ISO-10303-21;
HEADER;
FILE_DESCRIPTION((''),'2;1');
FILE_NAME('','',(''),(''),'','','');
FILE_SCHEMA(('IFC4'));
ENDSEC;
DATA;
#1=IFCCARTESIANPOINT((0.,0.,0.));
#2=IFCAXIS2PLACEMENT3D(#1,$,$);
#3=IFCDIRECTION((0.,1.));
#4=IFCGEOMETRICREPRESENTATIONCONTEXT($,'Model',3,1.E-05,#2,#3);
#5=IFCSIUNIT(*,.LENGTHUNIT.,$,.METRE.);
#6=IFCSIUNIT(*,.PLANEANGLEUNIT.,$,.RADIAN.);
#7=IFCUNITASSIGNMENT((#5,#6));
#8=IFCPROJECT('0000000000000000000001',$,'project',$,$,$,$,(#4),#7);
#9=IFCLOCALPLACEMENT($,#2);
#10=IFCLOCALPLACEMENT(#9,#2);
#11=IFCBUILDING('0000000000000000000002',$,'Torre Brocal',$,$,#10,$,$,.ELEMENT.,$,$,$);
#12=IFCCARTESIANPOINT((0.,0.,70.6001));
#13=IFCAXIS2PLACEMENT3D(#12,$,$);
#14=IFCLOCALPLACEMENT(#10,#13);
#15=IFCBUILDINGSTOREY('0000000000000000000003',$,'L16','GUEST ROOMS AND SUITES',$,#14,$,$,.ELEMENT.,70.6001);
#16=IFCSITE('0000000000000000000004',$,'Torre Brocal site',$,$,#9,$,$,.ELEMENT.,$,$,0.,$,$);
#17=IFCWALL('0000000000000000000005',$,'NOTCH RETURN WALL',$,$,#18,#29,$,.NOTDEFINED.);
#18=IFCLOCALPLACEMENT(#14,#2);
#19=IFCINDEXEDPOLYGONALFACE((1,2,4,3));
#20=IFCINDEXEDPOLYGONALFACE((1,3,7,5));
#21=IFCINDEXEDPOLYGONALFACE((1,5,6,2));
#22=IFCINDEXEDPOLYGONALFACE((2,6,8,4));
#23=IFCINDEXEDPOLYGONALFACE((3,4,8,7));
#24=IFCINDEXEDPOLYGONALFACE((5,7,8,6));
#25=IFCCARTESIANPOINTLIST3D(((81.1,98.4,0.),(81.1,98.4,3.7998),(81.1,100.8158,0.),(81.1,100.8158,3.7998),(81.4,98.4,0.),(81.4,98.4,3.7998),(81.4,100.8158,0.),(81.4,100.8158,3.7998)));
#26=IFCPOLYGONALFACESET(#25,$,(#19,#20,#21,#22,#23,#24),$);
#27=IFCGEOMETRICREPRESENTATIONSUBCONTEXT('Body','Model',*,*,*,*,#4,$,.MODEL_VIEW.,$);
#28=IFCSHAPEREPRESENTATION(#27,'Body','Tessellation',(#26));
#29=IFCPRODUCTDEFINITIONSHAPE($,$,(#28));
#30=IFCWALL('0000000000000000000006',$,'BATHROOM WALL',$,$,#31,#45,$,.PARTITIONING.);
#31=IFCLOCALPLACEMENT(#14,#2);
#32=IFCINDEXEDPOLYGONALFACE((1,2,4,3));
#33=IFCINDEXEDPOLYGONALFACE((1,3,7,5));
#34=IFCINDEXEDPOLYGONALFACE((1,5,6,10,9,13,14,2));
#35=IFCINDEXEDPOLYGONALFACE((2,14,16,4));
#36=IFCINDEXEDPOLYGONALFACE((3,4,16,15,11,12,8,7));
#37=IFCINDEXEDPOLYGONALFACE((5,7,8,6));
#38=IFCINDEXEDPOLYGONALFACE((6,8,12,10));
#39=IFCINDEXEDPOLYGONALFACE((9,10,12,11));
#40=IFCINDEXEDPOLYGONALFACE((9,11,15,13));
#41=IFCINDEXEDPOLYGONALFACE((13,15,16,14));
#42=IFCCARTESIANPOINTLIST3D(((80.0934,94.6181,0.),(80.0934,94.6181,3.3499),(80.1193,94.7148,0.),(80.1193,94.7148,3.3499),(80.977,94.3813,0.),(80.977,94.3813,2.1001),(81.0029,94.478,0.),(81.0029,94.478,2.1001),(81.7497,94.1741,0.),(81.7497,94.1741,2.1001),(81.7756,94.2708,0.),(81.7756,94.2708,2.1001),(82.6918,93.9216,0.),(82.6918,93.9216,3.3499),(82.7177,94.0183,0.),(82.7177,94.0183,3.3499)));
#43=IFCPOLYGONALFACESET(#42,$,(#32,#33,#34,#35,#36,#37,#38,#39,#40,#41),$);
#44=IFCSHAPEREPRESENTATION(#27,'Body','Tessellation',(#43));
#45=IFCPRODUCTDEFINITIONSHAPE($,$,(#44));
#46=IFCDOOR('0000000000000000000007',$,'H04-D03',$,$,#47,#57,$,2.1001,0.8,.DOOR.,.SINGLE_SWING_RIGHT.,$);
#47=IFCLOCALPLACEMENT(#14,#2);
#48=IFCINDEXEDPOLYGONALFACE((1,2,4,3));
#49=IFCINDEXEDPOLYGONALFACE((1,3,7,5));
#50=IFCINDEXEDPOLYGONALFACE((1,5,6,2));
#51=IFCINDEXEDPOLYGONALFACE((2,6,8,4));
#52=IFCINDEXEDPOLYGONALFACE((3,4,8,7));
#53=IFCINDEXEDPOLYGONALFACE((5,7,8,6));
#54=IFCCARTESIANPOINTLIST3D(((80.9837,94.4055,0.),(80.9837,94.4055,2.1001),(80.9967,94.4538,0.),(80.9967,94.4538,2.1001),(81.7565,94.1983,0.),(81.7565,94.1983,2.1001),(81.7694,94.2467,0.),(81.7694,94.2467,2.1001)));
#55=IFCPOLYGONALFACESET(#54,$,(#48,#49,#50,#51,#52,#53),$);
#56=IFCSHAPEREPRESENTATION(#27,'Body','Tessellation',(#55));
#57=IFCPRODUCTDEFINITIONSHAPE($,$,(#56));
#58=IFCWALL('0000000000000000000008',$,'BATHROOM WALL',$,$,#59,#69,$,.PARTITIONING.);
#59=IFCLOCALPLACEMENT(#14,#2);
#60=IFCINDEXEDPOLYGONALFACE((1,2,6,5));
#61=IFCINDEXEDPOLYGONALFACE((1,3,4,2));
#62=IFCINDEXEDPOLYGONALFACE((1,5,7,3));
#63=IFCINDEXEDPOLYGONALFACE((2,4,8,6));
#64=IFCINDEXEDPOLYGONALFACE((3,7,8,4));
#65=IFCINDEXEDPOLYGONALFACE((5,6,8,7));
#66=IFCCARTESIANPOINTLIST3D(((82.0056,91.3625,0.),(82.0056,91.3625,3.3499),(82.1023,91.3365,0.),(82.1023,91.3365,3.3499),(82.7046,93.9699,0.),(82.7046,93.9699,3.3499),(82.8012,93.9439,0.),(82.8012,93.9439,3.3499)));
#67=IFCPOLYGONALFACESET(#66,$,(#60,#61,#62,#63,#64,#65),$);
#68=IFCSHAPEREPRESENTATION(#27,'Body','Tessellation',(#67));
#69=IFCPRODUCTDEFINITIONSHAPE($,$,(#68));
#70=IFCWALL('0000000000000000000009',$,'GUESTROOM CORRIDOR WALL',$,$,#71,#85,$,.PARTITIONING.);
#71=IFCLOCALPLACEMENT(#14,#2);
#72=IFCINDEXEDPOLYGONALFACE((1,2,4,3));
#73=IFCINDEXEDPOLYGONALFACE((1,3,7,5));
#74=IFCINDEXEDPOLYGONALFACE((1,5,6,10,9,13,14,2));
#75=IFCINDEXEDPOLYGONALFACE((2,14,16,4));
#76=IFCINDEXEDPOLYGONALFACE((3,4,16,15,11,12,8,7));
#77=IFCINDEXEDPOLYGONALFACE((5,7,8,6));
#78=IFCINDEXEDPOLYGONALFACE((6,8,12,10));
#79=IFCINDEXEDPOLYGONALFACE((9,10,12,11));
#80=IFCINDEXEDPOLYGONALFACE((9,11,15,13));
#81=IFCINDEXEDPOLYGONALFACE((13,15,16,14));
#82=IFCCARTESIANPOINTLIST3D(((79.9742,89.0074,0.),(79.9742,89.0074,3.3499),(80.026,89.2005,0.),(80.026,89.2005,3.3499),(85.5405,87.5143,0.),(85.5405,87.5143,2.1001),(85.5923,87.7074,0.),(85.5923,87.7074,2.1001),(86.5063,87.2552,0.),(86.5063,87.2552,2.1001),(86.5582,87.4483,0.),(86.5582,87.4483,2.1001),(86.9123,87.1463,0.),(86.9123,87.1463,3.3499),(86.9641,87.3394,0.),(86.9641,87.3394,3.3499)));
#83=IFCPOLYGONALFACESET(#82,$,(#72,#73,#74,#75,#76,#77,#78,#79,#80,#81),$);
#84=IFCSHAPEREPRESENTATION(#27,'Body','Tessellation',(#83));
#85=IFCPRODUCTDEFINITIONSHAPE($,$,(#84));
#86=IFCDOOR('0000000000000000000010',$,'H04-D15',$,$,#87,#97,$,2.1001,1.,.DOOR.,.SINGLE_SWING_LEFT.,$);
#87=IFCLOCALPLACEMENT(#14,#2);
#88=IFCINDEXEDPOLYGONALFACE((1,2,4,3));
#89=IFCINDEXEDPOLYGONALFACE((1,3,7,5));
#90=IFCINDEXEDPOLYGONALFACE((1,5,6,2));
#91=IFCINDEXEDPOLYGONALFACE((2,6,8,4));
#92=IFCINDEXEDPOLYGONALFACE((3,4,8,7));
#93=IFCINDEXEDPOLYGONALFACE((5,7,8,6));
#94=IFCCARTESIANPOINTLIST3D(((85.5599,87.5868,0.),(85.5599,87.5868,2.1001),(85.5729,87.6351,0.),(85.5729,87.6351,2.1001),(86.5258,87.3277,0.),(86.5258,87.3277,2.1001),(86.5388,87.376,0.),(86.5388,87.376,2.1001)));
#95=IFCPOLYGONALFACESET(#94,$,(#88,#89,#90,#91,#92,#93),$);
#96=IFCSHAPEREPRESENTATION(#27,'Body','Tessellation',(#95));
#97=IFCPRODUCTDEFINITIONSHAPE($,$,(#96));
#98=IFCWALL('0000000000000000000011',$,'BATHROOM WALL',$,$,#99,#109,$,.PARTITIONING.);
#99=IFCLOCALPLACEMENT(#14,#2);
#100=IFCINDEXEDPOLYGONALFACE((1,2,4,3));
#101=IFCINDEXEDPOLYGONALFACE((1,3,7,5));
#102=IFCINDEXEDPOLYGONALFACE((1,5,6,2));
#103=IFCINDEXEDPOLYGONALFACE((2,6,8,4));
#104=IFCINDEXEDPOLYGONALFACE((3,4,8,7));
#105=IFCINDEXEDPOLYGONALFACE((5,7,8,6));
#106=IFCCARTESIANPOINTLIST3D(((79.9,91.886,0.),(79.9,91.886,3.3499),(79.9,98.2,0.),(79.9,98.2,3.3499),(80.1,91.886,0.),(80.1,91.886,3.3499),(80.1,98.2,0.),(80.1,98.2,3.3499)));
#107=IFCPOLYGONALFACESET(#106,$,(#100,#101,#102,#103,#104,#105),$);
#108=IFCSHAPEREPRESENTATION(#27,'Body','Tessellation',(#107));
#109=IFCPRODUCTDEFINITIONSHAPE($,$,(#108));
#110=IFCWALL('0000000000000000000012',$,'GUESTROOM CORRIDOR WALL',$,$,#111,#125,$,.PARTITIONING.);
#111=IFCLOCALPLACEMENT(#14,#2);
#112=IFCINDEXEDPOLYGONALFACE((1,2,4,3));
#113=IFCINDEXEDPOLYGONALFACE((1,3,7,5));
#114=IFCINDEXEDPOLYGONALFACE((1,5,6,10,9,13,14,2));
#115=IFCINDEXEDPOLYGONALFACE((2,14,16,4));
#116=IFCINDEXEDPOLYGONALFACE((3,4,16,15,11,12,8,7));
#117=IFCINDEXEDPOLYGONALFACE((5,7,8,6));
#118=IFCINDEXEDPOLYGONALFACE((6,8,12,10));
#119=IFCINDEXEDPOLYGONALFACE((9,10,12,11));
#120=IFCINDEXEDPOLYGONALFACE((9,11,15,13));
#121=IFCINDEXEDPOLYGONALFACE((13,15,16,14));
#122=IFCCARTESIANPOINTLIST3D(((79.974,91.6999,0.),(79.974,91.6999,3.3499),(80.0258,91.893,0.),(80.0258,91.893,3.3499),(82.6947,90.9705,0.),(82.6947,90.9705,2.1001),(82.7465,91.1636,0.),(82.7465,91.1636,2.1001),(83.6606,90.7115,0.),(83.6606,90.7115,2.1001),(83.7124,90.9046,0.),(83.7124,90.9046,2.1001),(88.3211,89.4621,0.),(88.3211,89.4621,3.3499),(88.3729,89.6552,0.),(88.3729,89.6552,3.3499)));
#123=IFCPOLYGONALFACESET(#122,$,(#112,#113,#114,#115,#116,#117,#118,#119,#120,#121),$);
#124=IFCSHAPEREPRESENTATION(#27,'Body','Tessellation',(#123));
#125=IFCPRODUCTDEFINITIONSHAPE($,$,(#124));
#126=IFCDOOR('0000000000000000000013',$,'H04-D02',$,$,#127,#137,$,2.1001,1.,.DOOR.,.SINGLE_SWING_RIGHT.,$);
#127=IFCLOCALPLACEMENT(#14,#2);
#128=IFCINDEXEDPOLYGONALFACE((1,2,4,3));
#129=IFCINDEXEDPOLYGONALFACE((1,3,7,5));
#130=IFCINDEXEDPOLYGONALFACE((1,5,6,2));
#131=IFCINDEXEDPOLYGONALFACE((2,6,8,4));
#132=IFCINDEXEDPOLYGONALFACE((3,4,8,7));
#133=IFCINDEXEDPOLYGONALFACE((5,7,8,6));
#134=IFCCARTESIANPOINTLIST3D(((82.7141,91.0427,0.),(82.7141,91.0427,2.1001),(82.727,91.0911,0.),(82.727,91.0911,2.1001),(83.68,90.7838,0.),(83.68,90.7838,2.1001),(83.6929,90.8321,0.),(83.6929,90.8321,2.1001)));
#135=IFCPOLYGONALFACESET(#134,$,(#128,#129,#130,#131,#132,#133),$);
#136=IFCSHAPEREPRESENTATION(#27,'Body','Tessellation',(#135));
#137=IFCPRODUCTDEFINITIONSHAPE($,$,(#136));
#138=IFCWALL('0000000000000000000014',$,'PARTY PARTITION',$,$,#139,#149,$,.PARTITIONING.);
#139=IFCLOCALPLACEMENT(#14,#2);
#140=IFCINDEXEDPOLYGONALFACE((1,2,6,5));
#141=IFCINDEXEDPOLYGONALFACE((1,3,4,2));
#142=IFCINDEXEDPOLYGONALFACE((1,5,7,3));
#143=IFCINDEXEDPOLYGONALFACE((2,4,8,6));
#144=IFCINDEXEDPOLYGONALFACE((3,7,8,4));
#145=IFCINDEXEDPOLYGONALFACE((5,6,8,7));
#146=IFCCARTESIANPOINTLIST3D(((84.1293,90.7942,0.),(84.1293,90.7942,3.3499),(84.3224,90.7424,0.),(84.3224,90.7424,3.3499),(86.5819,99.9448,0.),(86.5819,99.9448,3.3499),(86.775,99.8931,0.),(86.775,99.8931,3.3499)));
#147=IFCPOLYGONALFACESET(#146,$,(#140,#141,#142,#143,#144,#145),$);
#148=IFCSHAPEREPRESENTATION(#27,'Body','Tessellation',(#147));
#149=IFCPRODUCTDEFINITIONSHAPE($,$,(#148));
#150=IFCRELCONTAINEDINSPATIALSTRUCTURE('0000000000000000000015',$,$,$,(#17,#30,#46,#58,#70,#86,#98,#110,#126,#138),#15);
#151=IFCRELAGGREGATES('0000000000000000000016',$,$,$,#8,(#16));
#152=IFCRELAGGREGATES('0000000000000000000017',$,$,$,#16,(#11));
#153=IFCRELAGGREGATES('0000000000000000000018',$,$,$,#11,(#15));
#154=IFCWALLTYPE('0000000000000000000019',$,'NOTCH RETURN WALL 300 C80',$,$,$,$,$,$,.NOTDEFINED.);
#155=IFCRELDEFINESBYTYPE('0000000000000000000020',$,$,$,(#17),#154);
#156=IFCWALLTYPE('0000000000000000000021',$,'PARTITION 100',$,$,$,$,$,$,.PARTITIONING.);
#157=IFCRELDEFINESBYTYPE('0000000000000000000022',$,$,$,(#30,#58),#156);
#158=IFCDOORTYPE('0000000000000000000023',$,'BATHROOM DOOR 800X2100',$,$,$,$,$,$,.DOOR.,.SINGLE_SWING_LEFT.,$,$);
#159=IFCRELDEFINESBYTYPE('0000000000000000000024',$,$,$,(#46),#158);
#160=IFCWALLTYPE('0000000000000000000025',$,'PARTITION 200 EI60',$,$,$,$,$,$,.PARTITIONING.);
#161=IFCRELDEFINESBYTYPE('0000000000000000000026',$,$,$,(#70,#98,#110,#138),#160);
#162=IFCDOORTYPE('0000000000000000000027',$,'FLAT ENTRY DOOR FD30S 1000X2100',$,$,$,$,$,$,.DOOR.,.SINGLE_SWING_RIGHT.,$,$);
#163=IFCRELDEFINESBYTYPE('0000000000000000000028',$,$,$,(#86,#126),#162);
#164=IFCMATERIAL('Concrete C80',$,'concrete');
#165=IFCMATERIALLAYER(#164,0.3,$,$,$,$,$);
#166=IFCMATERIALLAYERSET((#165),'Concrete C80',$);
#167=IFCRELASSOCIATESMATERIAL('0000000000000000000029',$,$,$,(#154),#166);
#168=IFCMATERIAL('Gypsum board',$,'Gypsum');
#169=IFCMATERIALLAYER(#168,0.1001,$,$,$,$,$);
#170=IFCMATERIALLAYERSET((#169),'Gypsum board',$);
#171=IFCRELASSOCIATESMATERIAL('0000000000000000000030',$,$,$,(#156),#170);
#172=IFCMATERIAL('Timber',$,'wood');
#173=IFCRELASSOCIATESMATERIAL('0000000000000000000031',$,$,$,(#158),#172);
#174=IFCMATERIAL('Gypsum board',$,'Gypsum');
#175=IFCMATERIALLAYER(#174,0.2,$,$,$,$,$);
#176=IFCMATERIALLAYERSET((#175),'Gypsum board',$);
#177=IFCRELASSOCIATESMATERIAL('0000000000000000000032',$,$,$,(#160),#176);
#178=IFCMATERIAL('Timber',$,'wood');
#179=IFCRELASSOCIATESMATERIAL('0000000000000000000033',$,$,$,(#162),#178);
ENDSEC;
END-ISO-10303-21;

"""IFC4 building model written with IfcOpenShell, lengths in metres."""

from ifc_helpers import new_model, si_unit, direction, frame, frame_2d, origin, place, context, subcontext, project, spatial, rectangle, extrude, material, layer, layer_set, type_object, element, fill, save


model = new_model("IFC4")

# Units and contexts
model_context = context("Model", 3, precision=1e-05, world=origin(), true_north=direction((0.0, 1.0)))
body_context = subcontext(model_context, "Body", "Model", "MODEL_VIEW")
ifc_project = project(units=[si_unit("LENGTHUNIT", "METRE"), si_unit("PLANEANGLEUNIT", "RADIAN")], contexts=[model_context])

# Site, building, storey
site_placement = place(None, origin())
site = spatial("IfcSite", under=ifc_project, at=site_placement, Name="Torre Brocal site", CompositionType="ELEMENT", RefElevation=0.0)
building_placement = place(site_placement, origin())
building = spatial("IfcBuilding", under=site, at=building_placement, Name="Torre Brocal", CompositionType="ELEMENT")
storey_placement = place(building_placement, frame((0.0, 0.0, 70.6001)))
storey = spatial("IfcBuildingStorey", under=building, at=storey_placement, Name="L16", Description="GUEST ROOMS AND SUITES", CompositionType="ELEMENT", Elevation=70.6001)

# Wall
ifc_material_1 = material(Name="Concrete C80", Category="concrete")
ifc_layer_1 = layer(ifc_material_1, 0.3)
ifc_layer_set_1 = layer_set([ifc_layer_1], Name="Concrete C80")
wall_type_1 = type_object("IfcWallType", Name="NOTCH RETURN WALL 300 C80", PredefinedType="NOTDEFINED", material=ifc_layer_set_1)
wall_1_placement = place(storey_placement, frame((81.25, 98.3999, 0.0), z_axis=(0.0, 0.0, 1.0), x_axis=(0.0, 1.0, 0.0)))
element("IfcWall", 1, at=wall_1_placement, inside=storey, type_object=wall_type_1, Name="NOTCH RETURN WALL", PredefinedType="NOTDEFINED", context=body_context, shape_type="SweptSolid", body=[
    extrude(rectangle(XDim=2.4158, YDim=0.3, at=frame_2d((1.208, 0.0))), origin(), (0.0, 0.0, 1.0), 3.7998),
])

# Wall, opening, door
ifc_material_2 = material(Name="Gypsum board", Category="Gypsum")
ifc_layer_2 = layer(ifc_material_2, 0.1001)
ifc_layer_set_2 = layer_set([ifc_layer_2], Name="Gypsum board")
wall_type_2 = type_object("IfcWallType", Name="PARTITION 100", PredefinedType="PARTITIONING", material=ifc_layer_set_2)
wall_2_placement = place(storey_placement, frame((80.1062, 94.6665, 0.0), z_axis=(0.0, 0.0, 1.0), x_axis=(0.965898, -0.258922, 0.0)))
wall_2 = element("IfcWall", 2, at=wall_2_placement, inside=storey, type_object=wall_type_2, Name="BATHROOM WALL", PredefinedType="PARTITIONING", context=body_context, shape_type="SweptSolid", body=[
    extrude(rectangle(XDim=2.6902, YDim=0.1001, at=frame_2d((1.3452, 0.0))), origin(), (0.0, 0.0, 1.0), 3.3499),
])
opening_1_placement = place(wall_2_placement, frame((0.915, 0.0, 0.0)))
opening_1 = element("IfcOpeningElement", 3, at=opening_1_placement, cuts=wall_2, PredefinedType="OPENING", context=body_context, shape_type="SweptSolid", body=[
    extrude(rectangle(XDim=0.8, YDim=2.1001, at=frame_2d((0.3999, 1.05))), frame((0.0, 0.0601, 0.0), z_axis=(0.0, -1.0, 0.0), x_axis=(1.0, 0.0, 0.0)), (0.0, 0.0, 1.0), 0.1201),
])
ifc_material_3 = material(Name="Timber", Category="wood")
door_type_1 = type_object("IfcDoorType", Name="BATHROOM DOOR 800X2100", OperationType="SINGLE_SWING_LEFT", PredefinedType="DOOR", material=ifc_material_3)
door_1_placement = place(opening_1_placement, frame((0.8, 0.0, 0.0), z_axis=(0.0, 0.0, 1.0), x_axis=(-1.0, 0.0, 0.0)))
door_1 = element("IfcDoor", 4, at=door_1_placement, inside=storey, type_object=door_type_1, Name="H04-D03", OperationType="SINGLE_SWING_RIGHT", OverallHeight=2.1001, OverallWidth=0.8, PredefinedType="DOOR", context=body_context, shape_type="SweptSolid", body=[
    extrude(rectangle(XDim=0.8, YDim=2.1001, at=frame_2d((0.3999, 1.05))), frame((0.0, 0.0249, 0.0), z_axis=(0.0, -1.0, 0.0), x_axis=(1.0, 0.0, 0.0)), (0.0, 0.0, 1.0), 0.05),
])
fill(opening_1, door_1)

# Wall
wall_3_placement = place(storey_placement, frame((82.054, 91.3496, 0.0), z_axis=(0.0, 0.0, 1.0), x_axis=(0.258929, 0.965896, 0.0)))
element("IfcWall", 5, at=wall_3_placement, inside=storey, type_object=wall_type_2, Name="BATHROOM WALL", PredefinedType="PARTITIONING", context=body_context, shape_type="SweptSolid", body=[
    extrude(rectangle(XDim=2.6995, YDim=0.1001, at=frame_2d((1.3496, 0.0))), origin(), (0.0, 0.0, 1.0), 3.3499),
])

# Wall, opening, door
ifc_material_4 = material(Name="Gypsum board", Category="Gypsum")
ifc_layer_3 = layer(ifc_material_4, 0.2)
ifc_layer_set_3 = layer_set([ifc_layer_3], Name="Gypsum board")
wall_type_3 = type_object("IfcWallType", Name="PARTITION 200 EI60", PredefinedType="PARTITIONING", material=ifc_layer_set_3)
wall_4_placement = place(storey_placement, frame((80.0, 89.104, 0.0), z_axis=(0.0, 0.0, 1.0), x_axis=(0.965854, -0.259086, 0.0)))
wall_4 = element("IfcWall", 6, at=wall_4_placement, inside=storey, type_object=wall_type_3, Name="GUESTROOM CORRIDOR WALL", PredefinedType="PARTITIONING", context=body_context, shape_type="SweptSolid", body=[
    extrude(rectangle(XDim=7.1833, YDim=0.2, at=frame_2d((3.5918, 0.0))), origin(), (0.0, 0.0, 1.0), 3.3499),
])
opening_2_placement = place(wall_4_placement, frame((5.7632, 0.0, 0.0)))
opening_2 = element("IfcOpeningElement", 7, at=opening_2_placement, cuts=wall_4, PredefinedType="OPENING", context=body_context, shape_type="SweptSolid", body=[
    extrude(rectangle(XDim=1.0, YDim=2.1001, at=frame_2d((0.5, 1.05))), frame((0.0, 0.1099, 0.0), z_axis=(0.0, -1.0, 0.0), x_axis=(1.0, 0.0, 0.0)), (0.0, 0.0, 1.0), 0.22),
])
ifc_material_5 = material(Name="Timber", Category="wood")
door_type_2 = type_object("IfcDoorType", Name="FLAT ENTRY DOOR FD30S 1000X2100", OperationType="SINGLE_SWING_RIGHT", PredefinedType="DOOR", material=ifc_material_5)
door_2_placement = place(opening_2_placement, frame((1.0, 0.0, 0.0), z_axis=(0.0, 0.0, 1.0), x_axis=(-1.0, 0.0, 0.0)))
door_2 = element("IfcDoor", 8, at=door_2_placement, inside=storey, type_object=door_type_2, Name="H04-D15", OperationType="SINGLE_SWING_LEFT", OverallHeight=2.1001, OverallWidth=1.0, PredefinedType="DOOR", context=body_context, shape_type="SweptSolid", body=[
    extrude(rectangle(XDim=1.0, YDim=2.1001, at=frame_2d((0.5, 1.05))), frame((0.0, 0.0249, 0.0), z_axis=(0.0, -1.0, 0.0), x_axis=(1.0, 0.0, 0.0)), (0.0, 0.0, 1.0), 0.05),
])
fill(opening_2, door_2)

# Wall
wall_5_placement = place(storey_placement, frame((80.0, 91.886, 0.0), z_axis=(0.0, 0.0, 1.0), x_axis=(0.0, 1.0, 0.0)))
element("IfcWall", 9, at=wall_5_placement, inside=storey, type_object=wall_type_3, Name="BATHROOM WALL", PredefinedType="PARTITIONING", context=body_context, shape_type="SweptSolid", body=[
    extrude(rectangle(XDim=6.314, YDim=0.2, at=frame_2d((3.157, 0.0))), origin(), (0.0, 0.0, 1.0), 3.3499),
])

# Wall, opening, door
wall_6_placement = place(storey_placement, frame((80.0, 91.7964, 0.0), z_axis=(0.0, 0.0, 1.0), x_axis=(0.965892, -0.258946, 0.0)))
wall_6 = element("IfcWall", 10, at=wall_6_placement, inside=storey, type_object=wall_type_3, Name="GUESTROOM CORRIDOR WALL", PredefinedType="PARTITIONING", context=body_context, shape_type="SweptSolid", body=[
    extrude(rectangle(XDim=8.6418, YDim=0.2, at=frame_2d((4.3208, 0.0))), origin(), (0.0, 0.0, 1.0), 3.3499),
])
opening_3_placement = place(wall_6_placement, frame((2.8167, 0.0, 0.0)))
opening_3 = element("IfcOpeningElement", 11, at=opening_3_placement, cuts=wall_6, PredefinedType="OPENING", context=body_context, shape_type="SweptSolid", body=[
    extrude(rectangle(XDim=1.0, YDim=2.1001, at=frame_2d((0.5, 1.05))), frame((0.0, 0.1099, 0.0), z_axis=(0.0, -1.0, 0.0), x_axis=(1.0, 0.0, 0.0)), (0.0, 0.0, 1.0), 0.22),
])
door_3_placement = place(opening_3_placement, origin())
door_3 = element("IfcDoor", 12, at=door_3_placement, inside=storey, type_object=door_type_2, Name="H04-D02", OperationType="SINGLE_SWING_RIGHT", OverallHeight=2.1001, OverallWidth=1.0, PredefinedType="DOOR", context=body_context, shape_type="SweptSolid", body=[
    extrude(rectangle(XDim=1.0, YDim=2.1001, at=frame_2d((0.5, 1.05))), frame((0.0, 0.0249, 0.0), z_axis=(0.0, -1.0, 0.0), x_axis=(1.0, 0.0, 0.0)), (0.0, 0.0, 1.0), 0.05),
])
fill(opening_3, door_3)

# Wall
wall_7_placement = place(storey_placement, frame((84.2258, 90.7683, 0.0), z_axis=(0.0, 0.0, 1.0), x_axis=(0.258891, 0.965907, 0.0)))
element("IfcWall", 13, at=wall_7_placement, inside=storey, type_object=wall_type_3, Name="PARTY PARTITION", PredefinedType="PARTITIONING", context=body_context, shape_type="SweptSolid", body=[
    extrude(rectangle(XDim=9.4736, YDim=0.2, at=frame_2d((4.7368, 0.0))), origin(), (0.0, 0.0, 1.0), 3.3499),
])

save(model, "model.ifc")
